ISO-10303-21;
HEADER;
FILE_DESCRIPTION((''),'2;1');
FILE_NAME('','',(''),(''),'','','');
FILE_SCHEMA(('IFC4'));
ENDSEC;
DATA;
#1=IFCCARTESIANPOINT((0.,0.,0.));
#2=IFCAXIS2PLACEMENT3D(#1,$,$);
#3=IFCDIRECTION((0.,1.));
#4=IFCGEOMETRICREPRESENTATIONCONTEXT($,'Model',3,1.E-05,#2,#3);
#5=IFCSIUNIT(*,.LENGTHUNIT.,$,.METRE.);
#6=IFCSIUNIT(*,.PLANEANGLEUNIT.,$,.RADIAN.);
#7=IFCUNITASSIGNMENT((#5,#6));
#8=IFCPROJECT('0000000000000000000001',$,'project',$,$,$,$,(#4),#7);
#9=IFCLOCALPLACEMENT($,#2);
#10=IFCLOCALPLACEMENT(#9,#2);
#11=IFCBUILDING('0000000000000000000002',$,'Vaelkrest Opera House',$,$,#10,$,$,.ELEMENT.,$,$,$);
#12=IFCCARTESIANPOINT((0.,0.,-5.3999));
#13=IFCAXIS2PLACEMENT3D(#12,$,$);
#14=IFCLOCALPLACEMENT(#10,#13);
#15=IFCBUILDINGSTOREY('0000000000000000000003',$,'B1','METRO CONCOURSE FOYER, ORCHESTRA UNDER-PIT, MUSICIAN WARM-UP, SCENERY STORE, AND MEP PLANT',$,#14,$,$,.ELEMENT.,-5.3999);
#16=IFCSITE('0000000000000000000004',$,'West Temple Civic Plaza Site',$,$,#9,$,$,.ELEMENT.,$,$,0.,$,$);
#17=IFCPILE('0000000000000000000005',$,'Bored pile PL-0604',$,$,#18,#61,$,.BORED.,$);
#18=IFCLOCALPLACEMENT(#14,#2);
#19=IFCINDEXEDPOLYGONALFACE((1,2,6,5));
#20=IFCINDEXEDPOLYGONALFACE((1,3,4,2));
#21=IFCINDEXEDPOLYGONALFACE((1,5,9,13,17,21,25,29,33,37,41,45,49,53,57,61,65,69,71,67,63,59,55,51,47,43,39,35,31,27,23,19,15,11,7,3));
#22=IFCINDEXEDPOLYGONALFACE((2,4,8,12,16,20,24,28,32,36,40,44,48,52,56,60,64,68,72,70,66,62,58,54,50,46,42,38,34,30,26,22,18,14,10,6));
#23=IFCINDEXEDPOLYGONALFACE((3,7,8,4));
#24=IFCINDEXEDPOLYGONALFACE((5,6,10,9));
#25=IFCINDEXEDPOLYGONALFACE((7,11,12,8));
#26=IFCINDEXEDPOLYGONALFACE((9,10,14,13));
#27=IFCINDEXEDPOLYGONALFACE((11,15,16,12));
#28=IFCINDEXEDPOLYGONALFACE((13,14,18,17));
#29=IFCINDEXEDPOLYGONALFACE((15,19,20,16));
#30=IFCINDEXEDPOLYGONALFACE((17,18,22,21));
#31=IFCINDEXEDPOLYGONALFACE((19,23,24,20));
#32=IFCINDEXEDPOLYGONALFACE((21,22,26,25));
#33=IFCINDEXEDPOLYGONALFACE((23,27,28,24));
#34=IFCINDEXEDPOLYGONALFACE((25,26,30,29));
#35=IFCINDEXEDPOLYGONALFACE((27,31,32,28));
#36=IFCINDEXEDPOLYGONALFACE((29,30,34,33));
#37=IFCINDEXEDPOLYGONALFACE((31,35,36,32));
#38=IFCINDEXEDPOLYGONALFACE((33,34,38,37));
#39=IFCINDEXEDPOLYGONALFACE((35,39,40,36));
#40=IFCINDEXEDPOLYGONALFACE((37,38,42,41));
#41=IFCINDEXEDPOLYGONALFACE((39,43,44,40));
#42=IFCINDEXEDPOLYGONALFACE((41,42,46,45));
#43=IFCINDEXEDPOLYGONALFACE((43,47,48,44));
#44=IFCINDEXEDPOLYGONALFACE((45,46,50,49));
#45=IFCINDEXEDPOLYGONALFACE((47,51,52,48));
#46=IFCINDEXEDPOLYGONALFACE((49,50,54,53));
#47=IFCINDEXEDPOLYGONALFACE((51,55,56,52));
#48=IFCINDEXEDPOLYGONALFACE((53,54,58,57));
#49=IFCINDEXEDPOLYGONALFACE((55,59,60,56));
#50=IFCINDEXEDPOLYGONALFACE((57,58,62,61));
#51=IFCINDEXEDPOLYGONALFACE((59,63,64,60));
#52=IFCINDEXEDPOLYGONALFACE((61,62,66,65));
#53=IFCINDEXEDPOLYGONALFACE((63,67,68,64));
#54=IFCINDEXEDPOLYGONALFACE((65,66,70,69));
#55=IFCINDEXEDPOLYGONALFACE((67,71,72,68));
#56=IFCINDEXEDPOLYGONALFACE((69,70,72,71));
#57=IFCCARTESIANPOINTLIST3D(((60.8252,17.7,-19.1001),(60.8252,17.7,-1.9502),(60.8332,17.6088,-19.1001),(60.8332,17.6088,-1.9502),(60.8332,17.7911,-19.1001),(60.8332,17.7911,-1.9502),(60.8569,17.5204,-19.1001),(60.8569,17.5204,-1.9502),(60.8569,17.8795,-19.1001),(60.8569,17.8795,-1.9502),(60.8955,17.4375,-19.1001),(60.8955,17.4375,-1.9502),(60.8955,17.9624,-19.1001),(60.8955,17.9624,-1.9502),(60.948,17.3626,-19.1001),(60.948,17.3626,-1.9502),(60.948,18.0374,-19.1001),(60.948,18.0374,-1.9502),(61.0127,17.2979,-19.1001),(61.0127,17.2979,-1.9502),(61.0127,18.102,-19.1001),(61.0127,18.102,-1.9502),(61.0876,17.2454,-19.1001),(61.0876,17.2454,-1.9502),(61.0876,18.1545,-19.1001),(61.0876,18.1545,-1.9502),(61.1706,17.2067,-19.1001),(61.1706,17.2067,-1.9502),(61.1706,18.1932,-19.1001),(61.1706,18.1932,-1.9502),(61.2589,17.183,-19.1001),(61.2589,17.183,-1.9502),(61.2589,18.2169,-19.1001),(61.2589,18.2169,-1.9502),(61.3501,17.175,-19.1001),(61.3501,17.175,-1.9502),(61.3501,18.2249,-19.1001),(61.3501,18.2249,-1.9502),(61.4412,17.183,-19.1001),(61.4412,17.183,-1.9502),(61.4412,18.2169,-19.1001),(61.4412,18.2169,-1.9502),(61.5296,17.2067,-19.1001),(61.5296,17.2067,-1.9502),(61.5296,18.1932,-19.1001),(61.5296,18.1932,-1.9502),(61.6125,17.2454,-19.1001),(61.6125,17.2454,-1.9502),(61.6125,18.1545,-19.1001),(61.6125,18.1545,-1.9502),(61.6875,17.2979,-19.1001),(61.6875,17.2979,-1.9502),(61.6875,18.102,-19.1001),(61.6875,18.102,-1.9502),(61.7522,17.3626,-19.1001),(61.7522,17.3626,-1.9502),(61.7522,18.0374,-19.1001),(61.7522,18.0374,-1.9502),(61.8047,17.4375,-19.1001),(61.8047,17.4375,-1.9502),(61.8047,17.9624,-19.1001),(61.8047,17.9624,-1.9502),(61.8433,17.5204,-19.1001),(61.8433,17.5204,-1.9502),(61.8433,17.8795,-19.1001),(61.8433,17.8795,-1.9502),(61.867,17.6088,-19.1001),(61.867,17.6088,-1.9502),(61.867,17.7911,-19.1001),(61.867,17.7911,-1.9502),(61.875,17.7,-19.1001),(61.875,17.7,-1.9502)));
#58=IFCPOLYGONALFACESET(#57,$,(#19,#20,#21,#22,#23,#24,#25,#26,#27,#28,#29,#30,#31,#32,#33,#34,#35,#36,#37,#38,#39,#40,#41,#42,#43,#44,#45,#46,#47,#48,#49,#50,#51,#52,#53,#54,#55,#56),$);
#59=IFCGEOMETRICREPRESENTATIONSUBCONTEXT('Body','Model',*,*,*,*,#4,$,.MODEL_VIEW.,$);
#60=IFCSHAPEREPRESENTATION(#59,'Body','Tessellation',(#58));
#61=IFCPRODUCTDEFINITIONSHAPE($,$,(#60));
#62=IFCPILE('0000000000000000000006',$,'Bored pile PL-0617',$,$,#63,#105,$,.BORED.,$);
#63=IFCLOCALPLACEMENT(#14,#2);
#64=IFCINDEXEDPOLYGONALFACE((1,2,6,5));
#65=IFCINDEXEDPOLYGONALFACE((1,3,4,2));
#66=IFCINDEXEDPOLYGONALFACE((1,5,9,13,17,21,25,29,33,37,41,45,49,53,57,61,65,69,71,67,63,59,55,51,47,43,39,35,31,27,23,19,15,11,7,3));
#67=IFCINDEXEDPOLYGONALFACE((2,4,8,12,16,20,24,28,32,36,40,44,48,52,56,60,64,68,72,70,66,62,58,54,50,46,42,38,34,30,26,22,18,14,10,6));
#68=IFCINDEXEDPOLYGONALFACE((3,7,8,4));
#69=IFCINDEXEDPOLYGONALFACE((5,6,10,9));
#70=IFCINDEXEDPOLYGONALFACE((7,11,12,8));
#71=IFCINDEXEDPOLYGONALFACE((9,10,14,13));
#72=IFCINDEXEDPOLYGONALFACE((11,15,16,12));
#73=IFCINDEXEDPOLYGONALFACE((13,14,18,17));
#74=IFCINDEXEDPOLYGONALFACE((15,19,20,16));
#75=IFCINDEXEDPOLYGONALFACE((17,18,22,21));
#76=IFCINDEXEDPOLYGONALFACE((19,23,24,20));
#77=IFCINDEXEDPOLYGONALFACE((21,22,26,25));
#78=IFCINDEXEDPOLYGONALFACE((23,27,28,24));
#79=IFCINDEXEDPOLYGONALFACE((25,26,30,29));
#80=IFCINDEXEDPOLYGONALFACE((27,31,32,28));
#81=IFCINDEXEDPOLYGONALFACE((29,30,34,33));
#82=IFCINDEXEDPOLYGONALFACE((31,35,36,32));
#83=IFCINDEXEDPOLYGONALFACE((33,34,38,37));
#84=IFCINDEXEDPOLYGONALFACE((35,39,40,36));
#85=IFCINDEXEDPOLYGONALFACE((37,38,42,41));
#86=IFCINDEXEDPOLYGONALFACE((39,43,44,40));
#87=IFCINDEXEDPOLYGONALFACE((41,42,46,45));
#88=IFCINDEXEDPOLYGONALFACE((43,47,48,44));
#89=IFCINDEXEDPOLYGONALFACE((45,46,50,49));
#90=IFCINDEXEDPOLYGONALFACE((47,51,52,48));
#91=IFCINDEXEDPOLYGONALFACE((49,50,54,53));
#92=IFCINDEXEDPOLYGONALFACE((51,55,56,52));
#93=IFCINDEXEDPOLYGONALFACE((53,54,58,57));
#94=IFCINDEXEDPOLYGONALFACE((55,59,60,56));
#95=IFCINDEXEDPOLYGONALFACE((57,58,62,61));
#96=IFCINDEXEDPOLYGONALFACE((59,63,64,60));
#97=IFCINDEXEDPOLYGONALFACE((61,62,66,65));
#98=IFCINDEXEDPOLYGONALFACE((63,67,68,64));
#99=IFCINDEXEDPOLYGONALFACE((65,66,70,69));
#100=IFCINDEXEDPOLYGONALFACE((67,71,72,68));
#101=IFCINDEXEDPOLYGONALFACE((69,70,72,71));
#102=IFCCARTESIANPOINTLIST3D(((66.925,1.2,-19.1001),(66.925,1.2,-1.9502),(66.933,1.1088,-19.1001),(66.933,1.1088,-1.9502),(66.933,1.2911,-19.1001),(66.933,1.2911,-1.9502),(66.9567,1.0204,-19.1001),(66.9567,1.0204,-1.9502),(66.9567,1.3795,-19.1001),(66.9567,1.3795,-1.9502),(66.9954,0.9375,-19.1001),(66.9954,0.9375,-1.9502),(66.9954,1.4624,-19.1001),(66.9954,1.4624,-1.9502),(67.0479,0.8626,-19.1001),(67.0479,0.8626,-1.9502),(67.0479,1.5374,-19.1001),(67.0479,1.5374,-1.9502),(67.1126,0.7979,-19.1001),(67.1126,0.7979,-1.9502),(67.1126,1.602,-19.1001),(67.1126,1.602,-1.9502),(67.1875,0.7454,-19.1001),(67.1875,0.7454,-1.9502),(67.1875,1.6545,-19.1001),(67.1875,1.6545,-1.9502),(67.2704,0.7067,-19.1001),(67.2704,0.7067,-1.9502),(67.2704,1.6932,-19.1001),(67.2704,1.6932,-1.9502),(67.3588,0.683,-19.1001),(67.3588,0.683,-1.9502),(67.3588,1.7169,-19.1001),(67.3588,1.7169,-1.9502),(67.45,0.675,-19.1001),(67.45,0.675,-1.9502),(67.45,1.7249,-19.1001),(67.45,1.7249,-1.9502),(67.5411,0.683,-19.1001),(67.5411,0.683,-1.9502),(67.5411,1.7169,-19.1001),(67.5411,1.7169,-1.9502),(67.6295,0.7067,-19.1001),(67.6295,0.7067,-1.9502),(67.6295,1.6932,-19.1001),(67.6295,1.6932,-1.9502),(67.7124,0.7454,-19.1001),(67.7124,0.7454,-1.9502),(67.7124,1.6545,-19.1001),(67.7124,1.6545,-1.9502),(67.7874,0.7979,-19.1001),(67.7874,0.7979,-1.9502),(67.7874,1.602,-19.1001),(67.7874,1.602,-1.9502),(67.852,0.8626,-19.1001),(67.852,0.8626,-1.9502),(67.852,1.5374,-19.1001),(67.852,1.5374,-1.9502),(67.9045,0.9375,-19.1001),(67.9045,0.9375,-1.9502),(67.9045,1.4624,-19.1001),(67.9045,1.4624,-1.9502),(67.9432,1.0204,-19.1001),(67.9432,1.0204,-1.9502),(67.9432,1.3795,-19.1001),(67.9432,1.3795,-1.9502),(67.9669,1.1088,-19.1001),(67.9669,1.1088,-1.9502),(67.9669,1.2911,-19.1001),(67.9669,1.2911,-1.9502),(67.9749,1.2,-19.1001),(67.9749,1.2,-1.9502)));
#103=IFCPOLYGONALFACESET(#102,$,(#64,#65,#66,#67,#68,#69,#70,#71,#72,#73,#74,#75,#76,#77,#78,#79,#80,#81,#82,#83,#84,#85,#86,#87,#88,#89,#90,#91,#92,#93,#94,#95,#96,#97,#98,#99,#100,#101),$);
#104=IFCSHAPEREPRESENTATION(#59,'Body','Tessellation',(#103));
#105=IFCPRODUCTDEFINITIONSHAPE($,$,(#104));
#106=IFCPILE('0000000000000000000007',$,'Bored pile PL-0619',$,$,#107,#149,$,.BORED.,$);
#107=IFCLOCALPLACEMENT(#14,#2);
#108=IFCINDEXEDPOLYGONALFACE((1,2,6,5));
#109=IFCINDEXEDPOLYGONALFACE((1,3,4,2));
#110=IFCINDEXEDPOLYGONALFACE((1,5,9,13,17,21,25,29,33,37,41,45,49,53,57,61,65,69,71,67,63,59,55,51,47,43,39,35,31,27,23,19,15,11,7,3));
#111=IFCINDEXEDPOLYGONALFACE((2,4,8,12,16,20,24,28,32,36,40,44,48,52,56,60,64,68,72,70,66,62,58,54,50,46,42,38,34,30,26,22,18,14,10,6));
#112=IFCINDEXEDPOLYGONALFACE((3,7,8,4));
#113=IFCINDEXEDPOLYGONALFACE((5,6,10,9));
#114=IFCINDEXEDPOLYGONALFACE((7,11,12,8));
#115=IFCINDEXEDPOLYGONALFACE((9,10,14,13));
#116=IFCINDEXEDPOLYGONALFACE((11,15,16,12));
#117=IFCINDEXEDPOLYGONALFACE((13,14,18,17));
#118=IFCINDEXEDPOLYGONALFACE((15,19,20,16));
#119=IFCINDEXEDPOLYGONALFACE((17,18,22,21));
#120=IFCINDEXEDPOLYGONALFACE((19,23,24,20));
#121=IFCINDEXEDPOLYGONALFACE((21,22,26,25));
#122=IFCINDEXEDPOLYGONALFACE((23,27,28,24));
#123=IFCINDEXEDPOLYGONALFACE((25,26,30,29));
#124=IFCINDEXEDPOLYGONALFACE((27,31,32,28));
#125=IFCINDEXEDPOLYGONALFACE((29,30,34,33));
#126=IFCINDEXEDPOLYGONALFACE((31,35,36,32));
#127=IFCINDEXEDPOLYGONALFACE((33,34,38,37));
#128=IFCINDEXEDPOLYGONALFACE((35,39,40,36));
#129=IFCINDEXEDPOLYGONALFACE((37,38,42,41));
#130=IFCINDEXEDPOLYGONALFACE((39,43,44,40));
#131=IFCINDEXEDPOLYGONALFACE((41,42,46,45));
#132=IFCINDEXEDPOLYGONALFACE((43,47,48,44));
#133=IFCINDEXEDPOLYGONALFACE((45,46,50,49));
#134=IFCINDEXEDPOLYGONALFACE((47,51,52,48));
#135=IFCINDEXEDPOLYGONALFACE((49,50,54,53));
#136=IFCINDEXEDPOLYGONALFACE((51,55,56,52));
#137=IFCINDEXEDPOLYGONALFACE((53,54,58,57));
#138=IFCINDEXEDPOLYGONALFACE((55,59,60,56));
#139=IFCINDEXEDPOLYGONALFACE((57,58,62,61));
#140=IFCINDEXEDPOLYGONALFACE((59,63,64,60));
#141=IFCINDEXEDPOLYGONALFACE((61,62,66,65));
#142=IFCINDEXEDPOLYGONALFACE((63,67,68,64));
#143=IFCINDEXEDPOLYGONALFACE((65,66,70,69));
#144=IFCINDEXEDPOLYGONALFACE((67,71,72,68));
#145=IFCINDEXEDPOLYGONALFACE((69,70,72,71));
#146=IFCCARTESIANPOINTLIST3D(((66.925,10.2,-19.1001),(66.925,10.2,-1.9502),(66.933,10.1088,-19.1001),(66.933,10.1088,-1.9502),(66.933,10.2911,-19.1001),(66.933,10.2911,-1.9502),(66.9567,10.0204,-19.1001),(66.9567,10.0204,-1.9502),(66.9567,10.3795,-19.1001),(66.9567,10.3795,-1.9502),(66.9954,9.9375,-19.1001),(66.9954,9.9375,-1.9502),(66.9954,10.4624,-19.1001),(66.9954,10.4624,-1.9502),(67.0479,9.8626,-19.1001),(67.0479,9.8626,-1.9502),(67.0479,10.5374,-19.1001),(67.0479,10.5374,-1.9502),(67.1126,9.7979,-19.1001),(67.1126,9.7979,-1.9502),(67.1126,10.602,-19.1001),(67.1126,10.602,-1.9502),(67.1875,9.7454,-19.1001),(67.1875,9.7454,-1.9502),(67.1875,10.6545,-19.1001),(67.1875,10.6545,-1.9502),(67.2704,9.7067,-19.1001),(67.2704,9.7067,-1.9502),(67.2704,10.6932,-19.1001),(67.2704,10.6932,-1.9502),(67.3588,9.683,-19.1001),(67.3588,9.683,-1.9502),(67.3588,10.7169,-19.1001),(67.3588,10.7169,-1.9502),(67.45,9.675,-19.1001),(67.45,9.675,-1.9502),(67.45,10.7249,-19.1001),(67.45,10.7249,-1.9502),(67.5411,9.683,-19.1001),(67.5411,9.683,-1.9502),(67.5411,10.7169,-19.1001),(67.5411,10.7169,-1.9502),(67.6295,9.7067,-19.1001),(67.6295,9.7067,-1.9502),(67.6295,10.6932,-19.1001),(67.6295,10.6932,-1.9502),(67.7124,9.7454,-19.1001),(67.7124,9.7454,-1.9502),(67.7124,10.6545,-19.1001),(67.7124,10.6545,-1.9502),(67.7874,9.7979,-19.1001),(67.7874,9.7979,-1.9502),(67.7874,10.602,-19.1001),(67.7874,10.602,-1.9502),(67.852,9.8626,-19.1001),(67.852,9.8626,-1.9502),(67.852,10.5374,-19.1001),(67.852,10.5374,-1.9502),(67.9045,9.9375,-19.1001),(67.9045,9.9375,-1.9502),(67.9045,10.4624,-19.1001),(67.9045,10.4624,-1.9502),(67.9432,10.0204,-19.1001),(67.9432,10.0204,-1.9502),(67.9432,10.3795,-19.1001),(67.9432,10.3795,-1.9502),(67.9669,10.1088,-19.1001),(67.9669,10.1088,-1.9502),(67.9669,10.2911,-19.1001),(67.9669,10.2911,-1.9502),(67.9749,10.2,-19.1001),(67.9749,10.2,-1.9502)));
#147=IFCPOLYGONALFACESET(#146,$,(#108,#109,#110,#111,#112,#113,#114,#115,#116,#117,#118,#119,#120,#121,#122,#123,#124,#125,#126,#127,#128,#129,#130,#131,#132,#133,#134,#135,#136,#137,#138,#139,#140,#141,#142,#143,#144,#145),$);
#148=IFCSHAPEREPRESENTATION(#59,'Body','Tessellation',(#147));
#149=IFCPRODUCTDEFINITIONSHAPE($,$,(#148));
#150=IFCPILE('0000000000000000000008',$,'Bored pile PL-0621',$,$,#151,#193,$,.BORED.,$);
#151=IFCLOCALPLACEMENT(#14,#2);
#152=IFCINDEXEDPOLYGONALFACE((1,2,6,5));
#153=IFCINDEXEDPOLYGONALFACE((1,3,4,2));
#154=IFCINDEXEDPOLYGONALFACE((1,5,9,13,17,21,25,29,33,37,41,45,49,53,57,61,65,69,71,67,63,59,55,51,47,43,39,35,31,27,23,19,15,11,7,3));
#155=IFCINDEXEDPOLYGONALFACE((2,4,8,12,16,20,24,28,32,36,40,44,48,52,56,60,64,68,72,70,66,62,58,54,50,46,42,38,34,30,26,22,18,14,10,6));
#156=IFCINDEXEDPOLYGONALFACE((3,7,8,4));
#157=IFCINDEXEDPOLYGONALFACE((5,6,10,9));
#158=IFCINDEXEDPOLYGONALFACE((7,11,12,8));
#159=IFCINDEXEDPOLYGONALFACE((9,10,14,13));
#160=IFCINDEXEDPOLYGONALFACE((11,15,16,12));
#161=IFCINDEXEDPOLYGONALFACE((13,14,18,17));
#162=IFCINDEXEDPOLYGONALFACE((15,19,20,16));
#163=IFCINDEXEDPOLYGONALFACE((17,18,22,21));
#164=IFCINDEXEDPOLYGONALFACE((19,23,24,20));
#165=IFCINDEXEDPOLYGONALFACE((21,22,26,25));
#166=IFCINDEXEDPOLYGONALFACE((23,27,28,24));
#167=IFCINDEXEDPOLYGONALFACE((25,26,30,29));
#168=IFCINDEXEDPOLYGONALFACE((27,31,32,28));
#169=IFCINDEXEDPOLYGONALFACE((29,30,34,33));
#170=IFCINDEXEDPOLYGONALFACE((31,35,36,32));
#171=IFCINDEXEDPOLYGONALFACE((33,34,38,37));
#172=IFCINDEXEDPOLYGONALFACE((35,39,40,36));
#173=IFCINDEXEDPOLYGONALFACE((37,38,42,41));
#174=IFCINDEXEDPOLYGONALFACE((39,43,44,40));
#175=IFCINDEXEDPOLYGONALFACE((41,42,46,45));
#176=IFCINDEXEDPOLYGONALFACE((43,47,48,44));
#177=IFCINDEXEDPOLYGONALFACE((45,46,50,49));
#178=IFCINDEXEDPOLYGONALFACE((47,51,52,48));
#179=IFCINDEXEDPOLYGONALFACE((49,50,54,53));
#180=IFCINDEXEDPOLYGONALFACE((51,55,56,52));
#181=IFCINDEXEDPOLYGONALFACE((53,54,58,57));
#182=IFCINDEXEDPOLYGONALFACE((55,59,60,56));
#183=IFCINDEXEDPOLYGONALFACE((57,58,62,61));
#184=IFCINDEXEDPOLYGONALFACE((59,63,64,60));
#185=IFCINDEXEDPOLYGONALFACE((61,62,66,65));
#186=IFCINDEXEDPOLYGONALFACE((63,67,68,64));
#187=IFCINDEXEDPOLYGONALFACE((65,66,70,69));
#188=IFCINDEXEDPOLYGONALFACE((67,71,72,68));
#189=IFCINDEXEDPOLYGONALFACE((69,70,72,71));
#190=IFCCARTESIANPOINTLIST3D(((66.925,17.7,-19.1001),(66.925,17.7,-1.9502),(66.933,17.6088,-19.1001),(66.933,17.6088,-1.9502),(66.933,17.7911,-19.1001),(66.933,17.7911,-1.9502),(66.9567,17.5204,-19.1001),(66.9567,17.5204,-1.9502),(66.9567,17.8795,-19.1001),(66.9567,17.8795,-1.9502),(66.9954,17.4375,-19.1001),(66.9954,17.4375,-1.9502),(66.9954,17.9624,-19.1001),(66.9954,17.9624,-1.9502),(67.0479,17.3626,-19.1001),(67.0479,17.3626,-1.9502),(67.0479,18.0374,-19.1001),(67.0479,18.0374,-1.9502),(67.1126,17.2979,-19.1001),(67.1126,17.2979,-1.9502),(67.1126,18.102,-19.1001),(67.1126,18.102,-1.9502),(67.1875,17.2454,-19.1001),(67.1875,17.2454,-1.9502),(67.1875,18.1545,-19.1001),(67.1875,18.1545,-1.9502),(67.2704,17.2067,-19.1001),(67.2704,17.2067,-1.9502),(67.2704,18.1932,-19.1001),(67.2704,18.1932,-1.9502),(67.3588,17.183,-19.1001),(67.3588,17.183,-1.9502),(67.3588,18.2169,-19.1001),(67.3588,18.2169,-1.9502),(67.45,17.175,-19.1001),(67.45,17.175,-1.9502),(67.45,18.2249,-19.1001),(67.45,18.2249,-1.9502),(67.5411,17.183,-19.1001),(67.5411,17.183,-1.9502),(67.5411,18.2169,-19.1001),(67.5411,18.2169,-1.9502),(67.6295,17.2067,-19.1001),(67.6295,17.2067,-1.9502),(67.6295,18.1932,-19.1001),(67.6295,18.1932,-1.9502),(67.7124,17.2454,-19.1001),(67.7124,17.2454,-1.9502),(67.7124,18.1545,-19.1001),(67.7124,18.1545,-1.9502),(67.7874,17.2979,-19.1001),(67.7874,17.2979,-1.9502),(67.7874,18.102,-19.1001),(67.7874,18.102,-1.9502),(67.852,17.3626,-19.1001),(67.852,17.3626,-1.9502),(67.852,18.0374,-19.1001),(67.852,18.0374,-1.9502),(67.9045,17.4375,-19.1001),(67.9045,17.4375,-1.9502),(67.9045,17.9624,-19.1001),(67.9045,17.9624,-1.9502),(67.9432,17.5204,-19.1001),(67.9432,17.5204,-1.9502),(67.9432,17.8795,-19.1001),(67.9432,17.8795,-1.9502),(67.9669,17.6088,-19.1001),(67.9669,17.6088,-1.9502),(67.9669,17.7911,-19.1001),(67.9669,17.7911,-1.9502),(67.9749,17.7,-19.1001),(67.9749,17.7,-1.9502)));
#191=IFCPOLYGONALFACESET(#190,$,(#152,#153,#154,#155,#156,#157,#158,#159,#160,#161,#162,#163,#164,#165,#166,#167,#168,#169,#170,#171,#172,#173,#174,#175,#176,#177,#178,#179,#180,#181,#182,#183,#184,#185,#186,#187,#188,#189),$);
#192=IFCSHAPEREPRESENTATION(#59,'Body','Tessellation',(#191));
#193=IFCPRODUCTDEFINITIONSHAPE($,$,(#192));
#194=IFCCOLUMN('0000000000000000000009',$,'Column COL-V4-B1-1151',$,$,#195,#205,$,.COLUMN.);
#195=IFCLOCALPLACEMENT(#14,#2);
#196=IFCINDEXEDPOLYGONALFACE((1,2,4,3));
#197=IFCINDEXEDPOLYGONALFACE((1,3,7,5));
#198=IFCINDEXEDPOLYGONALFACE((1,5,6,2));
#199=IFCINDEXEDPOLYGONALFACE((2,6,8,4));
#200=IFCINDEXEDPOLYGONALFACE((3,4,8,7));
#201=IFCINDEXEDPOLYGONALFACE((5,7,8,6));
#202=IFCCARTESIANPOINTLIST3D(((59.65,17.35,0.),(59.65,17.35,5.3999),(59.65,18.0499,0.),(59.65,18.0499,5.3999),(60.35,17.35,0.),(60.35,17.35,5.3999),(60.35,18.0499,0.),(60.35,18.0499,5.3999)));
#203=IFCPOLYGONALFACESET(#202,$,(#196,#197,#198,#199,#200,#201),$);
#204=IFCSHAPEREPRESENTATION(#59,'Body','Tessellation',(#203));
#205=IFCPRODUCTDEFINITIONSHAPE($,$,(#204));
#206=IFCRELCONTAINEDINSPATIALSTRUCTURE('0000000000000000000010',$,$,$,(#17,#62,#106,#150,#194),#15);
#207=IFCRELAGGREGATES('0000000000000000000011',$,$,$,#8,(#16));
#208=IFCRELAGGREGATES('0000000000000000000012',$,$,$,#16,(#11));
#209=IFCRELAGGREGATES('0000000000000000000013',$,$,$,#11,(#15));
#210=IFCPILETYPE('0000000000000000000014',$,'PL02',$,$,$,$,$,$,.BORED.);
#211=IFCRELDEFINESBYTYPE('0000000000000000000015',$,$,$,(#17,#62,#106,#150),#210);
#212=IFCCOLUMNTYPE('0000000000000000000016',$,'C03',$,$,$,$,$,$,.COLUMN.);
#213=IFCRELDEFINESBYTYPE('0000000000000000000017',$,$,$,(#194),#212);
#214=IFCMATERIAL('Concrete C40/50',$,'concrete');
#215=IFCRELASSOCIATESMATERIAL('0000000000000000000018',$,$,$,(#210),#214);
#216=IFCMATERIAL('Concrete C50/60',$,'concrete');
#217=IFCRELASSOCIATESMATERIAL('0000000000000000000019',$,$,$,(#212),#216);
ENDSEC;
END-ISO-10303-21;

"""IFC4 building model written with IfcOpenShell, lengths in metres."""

from ifc_helpers import new_model, si_unit, direction, frame, origin, origin_2d, place, context, subcontext, project, spatial, rectangle, circle, extrude, material, material_profile, profile_set, type_object, element, save


model = new_model("IFC4")

# Units and contexts
model_context = context("Model", 3, precision=1e-05, world=origin(), true_north=direction((0.0, 1.0)))
body_context = subcontext(model_context, "Body", "Model", "MODEL_VIEW")
ifc_project = project(units=[si_unit("LENGTHUNIT", "METRE"), si_unit("PLANEANGLEUNIT", "RADIAN")], contexts=[model_context])

# Site, building, storey
site_placement = place(None, origin())
site = spatial("IfcSite", under=ifc_project, at=site_placement, Name="West Temple Civic Plaza Site", CompositionType="ELEMENT", RefElevation=0.0)
building_placement = place(site_placement, origin())
building = spatial("IfcBuilding", under=site, at=building_placement, Name="Vaelkrest Opera House", CompositionType="ELEMENT")
storey_placement = place(building_placement, frame((0.0, 0.0, -5.3999)))
storey = spatial("IfcBuildingStorey", under=building, at=storey_placement, Name="B1", Description="METRO CONCOURSE FOYER, ORCHESTRA UNDER-PIT, MUSICIAN WARM-UP, SCENERY STORE, AND MEP PLANT", CompositionType="ELEMENT", Elevation=-5.3999)

# Shared definitions
ifc_material_1 = material(Name="Concrete C40/50", Category="concrete")

# Piles
ifc_material_profile_1 = material_profile(ifc_material_1, circle(Radius=0.5249, at=origin_2d()), Name="PILE1050")
ifc_profile_set_1 = profile_set([ifc_material_profile_1], Name="Concrete C40/50")
pile_type = type_object("IfcPileType", Name="PL02", PredefinedType="BORED", material=ifc_profile_set_1)
for number, where, z_axis, x_axis, name in (
    (1, (61.3501, 17.7, -1.9502), (0.0, 0.0, -1.0), (1.0, 0.0, 0.0), "Bored pile PL-0604"),
    (2, (67.45, 1.2, -1.9502), (0.0, 0.0, -1.0), (1.0, 0.0, 0.0), "Bored pile PL-0617"),
    (3, (67.45, 10.2, -1.9502), (0.0, 0.0, -1.0), (1.0, 0.0, 0.0), "Bored pile PL-0619"),
    (4, (67.45, 17.7, -1.9502), (0.0, 0.0, -1.0), (1.0, 0.0, 0.0), "Bored pile PL-0621"),
):
    element("IfcPile", number, at=place(storey_placement, frame(where, z_axis=z_axis, x_axis=x_axis)), inside=storey, type_object=pile_type, Name=name, PredefinedType="BORED", context=body_context, shape_type="SweptSolid", body=[
        extrude(circle(Radius=0.5249, at=origin_2d()), origin(), (0.0, 0.0, 1.0), 17.1499),
    ])

# Column
ifc_material_2 = material(Name="Concrete C50/60", Category="concrete")
ifc_material_profile_2 = material_profile(ifc_material_2, rectangle(XDim=0.7, YDim=0.7, at=origin_2d()), Name="RC700X700")
ifc_profile_set_2 = profile_set([ifc_material_profile_2], Name="Concrete C50/60")
column_type = type_object("IfcColumnType", Name="C03", PredefinedType="COLUMN", material=ifc_profile_set_2)
for number, where, z_axis, x_axis, name in (
    (5, (60.0, 17.7, 0.0), (0.0, 0.0, 1.0), (1.0, 0.0, 0.0), "Column COL-V4-B1-1151"),
):
    element("IfcColumn", number, at=place(storey_placement, frame(where, z_axis=z_axis, x_axis=x_axis)), inside=storey, type_object=column_type, Name=name, PredefinedType="COLUMN", context=body_context, shape_type="SweptSolid", body=[
        extrude(rectangle(XDim=0.7, YDim=0.7, at=origin_2d()), origin(), (0.0, 0.0, 1.0), 5.3999),
    ])

save(model, "model.ifc")
